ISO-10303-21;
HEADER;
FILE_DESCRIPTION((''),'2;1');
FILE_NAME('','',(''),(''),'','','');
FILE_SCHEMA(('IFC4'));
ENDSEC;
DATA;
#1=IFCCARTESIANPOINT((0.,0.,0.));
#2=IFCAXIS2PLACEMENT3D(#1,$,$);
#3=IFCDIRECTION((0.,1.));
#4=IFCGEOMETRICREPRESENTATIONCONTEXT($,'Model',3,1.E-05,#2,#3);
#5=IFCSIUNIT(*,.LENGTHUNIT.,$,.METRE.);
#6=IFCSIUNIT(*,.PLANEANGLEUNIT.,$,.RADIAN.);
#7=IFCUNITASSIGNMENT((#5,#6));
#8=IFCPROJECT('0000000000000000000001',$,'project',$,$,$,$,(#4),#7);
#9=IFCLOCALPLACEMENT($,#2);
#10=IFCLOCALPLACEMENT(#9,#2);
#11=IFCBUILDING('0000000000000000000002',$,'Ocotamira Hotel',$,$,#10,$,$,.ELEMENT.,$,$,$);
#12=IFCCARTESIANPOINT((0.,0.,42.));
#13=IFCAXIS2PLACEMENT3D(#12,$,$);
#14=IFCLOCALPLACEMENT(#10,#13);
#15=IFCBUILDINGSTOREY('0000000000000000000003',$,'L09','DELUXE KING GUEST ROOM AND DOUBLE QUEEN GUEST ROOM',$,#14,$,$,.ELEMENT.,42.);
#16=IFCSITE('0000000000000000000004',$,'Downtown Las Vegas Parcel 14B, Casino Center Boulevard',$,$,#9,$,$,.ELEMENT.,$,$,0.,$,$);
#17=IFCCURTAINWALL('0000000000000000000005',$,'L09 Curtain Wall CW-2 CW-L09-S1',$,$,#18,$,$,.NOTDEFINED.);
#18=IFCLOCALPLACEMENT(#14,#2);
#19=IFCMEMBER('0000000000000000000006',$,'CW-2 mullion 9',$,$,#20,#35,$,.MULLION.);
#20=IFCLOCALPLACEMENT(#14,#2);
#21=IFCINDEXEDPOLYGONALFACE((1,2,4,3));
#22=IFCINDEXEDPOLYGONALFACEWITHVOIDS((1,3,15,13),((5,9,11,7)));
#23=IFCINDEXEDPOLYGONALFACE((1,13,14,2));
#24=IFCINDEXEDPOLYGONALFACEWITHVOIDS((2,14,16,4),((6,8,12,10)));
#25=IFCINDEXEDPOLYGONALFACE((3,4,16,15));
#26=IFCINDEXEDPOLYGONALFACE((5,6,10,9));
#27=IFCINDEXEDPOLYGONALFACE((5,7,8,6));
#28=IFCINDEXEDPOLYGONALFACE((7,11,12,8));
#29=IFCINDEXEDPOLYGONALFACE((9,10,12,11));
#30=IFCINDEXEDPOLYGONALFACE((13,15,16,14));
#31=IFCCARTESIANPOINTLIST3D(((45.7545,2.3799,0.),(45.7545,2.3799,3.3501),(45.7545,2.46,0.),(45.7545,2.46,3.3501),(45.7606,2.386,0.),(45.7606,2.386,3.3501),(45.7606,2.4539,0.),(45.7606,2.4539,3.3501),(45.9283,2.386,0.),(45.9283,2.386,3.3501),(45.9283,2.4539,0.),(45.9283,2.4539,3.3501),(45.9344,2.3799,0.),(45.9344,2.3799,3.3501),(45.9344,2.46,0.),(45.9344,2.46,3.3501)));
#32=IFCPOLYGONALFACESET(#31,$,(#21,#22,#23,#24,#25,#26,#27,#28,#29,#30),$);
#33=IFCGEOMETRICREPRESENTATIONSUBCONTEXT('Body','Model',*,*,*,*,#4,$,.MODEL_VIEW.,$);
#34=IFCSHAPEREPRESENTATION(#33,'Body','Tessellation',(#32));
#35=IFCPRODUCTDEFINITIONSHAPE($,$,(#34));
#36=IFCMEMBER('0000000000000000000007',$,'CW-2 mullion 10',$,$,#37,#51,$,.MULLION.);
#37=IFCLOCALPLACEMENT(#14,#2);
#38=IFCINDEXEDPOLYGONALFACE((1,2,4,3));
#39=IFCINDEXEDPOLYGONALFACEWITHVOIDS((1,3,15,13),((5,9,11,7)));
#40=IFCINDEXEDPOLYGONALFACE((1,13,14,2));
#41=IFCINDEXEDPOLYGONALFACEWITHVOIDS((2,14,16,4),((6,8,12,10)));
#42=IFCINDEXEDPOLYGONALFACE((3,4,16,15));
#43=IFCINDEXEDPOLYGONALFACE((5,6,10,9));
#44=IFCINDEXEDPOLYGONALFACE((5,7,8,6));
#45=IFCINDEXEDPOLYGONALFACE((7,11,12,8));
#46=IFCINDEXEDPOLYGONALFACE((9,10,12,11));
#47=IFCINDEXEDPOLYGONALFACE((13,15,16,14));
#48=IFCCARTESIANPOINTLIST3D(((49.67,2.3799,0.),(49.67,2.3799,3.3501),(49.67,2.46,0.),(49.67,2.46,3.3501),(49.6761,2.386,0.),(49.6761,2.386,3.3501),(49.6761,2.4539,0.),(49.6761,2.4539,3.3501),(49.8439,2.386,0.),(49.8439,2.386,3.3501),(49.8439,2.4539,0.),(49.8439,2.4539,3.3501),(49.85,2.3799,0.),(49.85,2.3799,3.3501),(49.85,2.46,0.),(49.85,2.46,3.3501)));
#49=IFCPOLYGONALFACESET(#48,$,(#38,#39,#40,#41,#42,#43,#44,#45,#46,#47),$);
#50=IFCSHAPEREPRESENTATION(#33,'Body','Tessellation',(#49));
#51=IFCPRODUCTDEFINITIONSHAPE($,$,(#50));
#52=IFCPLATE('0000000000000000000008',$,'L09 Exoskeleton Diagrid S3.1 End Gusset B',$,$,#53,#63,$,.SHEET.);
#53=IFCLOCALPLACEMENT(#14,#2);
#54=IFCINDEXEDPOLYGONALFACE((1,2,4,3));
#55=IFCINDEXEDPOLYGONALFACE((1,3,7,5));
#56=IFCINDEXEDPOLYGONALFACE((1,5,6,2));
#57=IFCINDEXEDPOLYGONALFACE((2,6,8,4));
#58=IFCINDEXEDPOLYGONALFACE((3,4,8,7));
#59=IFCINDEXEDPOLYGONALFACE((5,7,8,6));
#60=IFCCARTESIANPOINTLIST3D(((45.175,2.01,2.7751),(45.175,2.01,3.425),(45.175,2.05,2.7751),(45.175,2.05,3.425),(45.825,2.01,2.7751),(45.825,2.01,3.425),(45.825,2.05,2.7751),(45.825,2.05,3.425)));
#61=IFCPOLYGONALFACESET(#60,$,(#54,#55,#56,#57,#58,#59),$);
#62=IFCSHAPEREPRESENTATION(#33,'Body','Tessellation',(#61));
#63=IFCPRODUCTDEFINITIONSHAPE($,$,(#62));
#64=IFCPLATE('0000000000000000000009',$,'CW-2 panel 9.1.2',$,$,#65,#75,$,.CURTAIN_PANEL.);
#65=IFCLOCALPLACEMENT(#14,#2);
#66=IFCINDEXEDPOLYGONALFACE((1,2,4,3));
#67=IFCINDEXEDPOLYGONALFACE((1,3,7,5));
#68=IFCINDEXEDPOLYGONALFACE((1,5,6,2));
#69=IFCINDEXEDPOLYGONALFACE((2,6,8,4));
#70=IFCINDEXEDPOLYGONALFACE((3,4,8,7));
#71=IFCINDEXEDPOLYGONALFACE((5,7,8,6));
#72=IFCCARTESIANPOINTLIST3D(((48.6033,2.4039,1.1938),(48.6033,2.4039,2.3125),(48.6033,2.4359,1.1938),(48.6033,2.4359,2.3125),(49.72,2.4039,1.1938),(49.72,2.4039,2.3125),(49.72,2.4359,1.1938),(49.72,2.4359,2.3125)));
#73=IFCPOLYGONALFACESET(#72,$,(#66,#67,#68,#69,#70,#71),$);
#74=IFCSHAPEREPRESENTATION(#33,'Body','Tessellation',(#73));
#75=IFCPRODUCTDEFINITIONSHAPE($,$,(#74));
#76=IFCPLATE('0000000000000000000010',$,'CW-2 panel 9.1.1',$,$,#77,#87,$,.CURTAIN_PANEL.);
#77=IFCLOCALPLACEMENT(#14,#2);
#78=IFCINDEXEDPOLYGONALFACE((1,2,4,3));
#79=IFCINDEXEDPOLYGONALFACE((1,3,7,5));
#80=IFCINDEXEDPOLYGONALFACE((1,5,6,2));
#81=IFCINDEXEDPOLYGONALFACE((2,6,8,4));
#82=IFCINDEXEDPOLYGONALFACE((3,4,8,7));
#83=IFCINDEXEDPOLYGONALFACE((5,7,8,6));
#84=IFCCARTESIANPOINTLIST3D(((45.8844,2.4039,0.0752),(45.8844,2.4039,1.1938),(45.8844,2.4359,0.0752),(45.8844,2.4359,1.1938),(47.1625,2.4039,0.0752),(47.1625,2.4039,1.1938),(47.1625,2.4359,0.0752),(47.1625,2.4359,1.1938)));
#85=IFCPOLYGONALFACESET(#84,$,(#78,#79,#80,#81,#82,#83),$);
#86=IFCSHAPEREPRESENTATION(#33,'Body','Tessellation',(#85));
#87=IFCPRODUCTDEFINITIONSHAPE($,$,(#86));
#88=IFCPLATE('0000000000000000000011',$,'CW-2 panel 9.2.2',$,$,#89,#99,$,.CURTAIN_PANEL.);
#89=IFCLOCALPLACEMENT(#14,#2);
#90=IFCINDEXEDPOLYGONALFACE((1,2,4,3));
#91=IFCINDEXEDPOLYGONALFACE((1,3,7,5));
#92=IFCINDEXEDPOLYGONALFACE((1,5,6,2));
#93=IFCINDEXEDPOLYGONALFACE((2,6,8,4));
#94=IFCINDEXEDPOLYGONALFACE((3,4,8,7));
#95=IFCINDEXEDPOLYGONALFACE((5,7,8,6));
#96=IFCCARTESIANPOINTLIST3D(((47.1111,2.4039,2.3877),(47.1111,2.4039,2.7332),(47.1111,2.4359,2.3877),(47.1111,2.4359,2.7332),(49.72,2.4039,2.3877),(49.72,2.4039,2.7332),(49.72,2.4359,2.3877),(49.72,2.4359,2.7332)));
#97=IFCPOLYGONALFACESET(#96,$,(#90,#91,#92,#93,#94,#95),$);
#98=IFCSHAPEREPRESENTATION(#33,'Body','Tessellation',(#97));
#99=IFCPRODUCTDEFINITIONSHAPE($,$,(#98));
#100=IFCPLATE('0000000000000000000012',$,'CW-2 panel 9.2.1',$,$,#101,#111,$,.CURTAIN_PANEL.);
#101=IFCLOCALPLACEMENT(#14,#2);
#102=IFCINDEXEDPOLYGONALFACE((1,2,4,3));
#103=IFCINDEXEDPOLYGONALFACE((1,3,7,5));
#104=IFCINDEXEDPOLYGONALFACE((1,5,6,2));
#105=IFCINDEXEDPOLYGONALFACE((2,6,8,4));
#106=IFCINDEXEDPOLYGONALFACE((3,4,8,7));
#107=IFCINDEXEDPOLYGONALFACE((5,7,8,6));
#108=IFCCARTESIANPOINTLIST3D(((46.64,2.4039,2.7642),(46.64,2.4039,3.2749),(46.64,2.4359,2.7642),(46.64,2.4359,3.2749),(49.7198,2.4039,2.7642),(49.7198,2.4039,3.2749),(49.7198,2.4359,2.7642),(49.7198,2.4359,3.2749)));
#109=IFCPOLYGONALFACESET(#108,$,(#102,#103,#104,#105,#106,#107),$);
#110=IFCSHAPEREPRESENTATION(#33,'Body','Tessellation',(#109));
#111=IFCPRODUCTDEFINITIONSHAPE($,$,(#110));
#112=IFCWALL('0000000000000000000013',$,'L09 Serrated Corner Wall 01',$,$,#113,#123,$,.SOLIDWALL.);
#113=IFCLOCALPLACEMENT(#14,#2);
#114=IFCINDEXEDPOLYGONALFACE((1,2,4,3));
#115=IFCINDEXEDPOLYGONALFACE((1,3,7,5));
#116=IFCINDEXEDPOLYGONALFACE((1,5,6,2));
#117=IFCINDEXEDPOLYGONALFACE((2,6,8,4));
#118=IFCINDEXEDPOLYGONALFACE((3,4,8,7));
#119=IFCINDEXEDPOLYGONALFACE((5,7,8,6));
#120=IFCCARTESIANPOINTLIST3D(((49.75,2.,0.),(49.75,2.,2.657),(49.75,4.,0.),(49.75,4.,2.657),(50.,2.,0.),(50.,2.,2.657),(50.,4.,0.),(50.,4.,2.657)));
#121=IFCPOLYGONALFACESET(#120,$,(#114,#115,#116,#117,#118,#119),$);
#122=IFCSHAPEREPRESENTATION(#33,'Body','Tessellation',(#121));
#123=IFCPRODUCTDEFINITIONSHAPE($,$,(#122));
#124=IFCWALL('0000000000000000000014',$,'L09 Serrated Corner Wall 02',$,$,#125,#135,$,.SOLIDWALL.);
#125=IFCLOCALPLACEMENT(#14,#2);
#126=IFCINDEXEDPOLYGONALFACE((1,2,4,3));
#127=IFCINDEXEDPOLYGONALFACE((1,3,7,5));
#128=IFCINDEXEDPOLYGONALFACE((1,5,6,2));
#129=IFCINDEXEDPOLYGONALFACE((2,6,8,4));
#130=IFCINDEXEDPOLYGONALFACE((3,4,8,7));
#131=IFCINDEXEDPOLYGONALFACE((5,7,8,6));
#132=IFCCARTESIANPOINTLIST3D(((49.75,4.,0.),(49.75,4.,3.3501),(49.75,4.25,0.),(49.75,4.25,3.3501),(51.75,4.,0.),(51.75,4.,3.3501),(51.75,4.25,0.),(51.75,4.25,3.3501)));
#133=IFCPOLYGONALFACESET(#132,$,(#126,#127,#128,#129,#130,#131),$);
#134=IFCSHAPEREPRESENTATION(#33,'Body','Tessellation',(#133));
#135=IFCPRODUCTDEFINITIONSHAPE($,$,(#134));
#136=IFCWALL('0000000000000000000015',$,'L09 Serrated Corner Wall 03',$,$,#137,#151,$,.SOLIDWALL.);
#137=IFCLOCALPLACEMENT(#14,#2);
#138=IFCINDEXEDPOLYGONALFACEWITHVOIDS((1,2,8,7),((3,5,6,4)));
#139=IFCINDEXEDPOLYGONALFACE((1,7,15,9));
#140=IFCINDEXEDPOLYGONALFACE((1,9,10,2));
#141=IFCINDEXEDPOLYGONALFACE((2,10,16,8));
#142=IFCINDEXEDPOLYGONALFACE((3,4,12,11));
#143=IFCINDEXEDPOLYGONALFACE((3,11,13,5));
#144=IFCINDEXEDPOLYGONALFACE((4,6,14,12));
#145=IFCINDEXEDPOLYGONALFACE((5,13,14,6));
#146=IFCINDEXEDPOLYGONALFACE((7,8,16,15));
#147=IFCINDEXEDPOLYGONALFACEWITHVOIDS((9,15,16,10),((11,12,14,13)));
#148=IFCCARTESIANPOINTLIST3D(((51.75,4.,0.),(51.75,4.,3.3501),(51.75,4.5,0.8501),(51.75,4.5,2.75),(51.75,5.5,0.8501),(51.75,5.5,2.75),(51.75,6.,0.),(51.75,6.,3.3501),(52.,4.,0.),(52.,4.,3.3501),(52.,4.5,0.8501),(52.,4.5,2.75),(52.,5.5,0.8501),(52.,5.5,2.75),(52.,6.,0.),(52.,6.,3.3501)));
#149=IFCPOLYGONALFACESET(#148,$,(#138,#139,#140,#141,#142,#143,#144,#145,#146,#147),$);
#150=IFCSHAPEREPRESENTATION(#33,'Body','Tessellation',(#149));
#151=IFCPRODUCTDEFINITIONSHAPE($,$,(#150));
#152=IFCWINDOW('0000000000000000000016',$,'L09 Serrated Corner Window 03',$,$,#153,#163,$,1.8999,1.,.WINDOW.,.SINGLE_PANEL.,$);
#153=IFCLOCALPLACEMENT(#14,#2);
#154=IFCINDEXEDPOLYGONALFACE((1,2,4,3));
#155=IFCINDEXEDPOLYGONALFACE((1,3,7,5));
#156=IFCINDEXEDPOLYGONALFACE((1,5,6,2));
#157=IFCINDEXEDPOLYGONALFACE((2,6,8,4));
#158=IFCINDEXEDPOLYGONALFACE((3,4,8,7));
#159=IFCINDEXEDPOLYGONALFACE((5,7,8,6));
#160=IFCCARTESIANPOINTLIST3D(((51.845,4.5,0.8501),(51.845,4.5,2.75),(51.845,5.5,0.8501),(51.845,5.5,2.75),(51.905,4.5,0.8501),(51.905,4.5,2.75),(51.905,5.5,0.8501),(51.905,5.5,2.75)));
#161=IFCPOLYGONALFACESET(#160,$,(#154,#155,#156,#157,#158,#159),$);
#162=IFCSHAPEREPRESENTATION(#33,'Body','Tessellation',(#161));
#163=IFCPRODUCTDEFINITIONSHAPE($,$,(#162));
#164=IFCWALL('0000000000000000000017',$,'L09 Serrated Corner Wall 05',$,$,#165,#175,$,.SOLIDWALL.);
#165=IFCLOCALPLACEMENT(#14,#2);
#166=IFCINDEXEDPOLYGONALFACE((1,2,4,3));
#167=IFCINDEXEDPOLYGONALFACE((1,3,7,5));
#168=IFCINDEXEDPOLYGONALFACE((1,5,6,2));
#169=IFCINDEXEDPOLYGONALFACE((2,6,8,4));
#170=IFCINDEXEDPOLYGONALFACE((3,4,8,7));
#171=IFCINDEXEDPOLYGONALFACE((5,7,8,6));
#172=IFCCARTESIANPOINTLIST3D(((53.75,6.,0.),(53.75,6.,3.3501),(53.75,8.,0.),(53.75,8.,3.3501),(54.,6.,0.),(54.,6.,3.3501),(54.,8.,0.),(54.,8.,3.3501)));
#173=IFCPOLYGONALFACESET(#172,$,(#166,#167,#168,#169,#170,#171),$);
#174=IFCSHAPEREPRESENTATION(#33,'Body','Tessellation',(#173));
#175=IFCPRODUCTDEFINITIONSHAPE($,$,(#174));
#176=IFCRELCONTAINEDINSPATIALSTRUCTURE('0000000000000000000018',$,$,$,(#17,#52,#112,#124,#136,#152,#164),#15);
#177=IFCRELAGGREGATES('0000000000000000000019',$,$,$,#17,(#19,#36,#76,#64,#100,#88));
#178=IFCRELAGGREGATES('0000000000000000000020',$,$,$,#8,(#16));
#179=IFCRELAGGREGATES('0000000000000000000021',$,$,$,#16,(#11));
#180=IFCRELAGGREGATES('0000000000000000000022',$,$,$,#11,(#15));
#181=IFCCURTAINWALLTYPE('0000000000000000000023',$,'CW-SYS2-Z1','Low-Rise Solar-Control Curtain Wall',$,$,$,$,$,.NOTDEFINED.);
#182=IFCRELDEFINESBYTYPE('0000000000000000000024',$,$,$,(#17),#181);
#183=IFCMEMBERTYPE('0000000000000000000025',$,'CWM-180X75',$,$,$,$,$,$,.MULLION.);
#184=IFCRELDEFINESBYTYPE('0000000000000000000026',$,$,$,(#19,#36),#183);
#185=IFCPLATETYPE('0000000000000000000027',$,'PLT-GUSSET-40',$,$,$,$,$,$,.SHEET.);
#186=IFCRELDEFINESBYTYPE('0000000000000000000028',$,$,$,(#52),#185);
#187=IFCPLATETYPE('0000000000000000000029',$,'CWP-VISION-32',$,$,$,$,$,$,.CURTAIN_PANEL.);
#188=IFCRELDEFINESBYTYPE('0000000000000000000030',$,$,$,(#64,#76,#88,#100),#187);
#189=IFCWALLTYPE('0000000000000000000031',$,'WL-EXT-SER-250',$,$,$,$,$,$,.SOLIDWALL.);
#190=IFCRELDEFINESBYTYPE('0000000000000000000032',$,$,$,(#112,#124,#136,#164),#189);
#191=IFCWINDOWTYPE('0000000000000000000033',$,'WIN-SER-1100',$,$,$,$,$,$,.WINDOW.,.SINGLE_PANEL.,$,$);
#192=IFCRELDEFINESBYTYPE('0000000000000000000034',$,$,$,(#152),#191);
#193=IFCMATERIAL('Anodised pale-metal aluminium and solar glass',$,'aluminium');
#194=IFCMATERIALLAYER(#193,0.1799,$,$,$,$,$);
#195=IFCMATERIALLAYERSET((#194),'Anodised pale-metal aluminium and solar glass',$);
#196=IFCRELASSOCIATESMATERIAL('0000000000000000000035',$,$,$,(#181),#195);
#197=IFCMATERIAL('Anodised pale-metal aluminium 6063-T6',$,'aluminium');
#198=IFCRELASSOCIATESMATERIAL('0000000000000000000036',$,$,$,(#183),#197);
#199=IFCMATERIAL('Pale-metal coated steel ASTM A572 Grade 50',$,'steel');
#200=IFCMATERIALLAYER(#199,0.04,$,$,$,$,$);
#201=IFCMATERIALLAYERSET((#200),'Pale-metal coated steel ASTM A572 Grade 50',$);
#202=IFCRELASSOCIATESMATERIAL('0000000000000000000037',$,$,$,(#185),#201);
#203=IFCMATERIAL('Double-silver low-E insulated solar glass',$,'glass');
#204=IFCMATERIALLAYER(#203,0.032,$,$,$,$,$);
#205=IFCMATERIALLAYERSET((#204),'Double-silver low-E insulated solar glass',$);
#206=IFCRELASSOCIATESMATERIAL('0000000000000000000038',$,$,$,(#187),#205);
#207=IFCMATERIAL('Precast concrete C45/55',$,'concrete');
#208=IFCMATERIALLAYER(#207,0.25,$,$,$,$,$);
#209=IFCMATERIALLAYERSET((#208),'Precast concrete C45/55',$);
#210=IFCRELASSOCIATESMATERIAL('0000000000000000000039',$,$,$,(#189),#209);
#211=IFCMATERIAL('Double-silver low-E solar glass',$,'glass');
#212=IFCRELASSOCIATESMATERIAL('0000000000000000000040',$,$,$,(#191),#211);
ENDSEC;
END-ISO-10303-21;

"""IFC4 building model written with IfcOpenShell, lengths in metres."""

from ifc_helpers import new_model, si_unit, direction, frame, frame_2d, origin, origin_2d, place, context, subcontext, project, spatial, rectangle, hollow_rectangle, extrude, source, transform, mapped, material, layer, layer_set, material_profile, profile_set, type_object, element, fill, aggregate, save


model = new_model("IFC4")

# Units and contexts
model_context = context("Model", 3, precision=1e-05, world=origin(), true_north=direction((0.0, 1.0)))
body_context = subcontext(model_context, "Body", "Model", "MODEL_VIEW")
ifc_project = project(units=[si_unit("LENGTHUNIT", "METRE"), si_unit("PLANEANGLEUNIT", "RADIAN")], contexts=[model_context])

# Site, building, storey
site_placement = place(None, origin())
site = spatial("IfcSite", under=ifc_project, at=site_placement, Name="Downtown Las Vegas Parcel 14B, Casino Center Boulevard", CompositionType="ELEMENT", RefElevation=0.0)
building_placement = place(site_placement, origin())
building = spatial("IfcBuilding", under=site, at=building_placement, Name="Ocotamira Hotel", CompositionType="ELEMENT")
storey_placement = place(building_placement, frame((0.0, 0.0, 42.0)))
storey = spatial("IfcBuildingStorey", under=building, at=storey_placement, Name="L09", Description="DELUXE KING GUEST ROOM AND DOUBLE QUEEN GUEST ROOM", CompositionType="ELEMENT", Elevation=42.0)

# Curtain wall, members
ifc_material_1 = material(Name="Anodised pale-metal aluminium and solar glass", Category="aluminium")
ifc_layer_1 = layer(ifc_material_1, 0.1799)
ifc_layer_set_1 = layer_set([ifc_layer_1], Name="Anodised pale-metal aluminium and solar glass")
curtain_wall_type = type_object("IfcCurtainWallType", Name="CW-SYS2-Z1", Description="Low-Rise Solar-Control Curtain Wall", PredefinedType="NOTDEFINED", material=ifc_layer_set_1)
curtain_wall_placement = place(storey_placement, origin())
curtain_wall = element("IfcCurtainWall", 1, at=curtain_wall_placement, inside=storey, type_object=curtain_wall_type, Name="L09 Curtain Wall CW-2 CW-L09-S1", PredefinedType="NOTDEFINED")
ifc_material_2 = material(Name="Anodised pale-metal aluminium 6063-T6", Category="aluminium")
ifc_material_profile_1 = material_profile(ifc_material_2, hollow_rectangle(XDim=0.0801, YDim=0.1799, WallThickness=0.0061, at=origin_2d()), Name="HSS180X80X6")
ifc_profile_set_1 = profile_set([ifc_material_profile_1], Name="Anodised pale-metal aluminium 6063-T6")
member_type_1 = type_object("IfcMemberType", Name="CWM-180X75", PredefinedType="MULLION", material=ifc_profile_set_1)
shared_shape_1 = source(origin(), body_context, "Body", "SweptSolid", [
    extrude(hollow_rectangle(XDim=0.0801, YDim=0.1799, WallThickness=0.0061, at=origin_2d()), origin(), (0.0, 0.0, 1.0), 3.3501),
])
member_1_placement = place(storey_placement, frame((45.8445, 2.4199, 0.0), z_axis=(0.0, 0.0, 1.0), x_axis=(0.0, 1.0, 0.0)))
member_1 = element("IfcMember", 2, at=member_1_placement, type_object=member_type_1, Name="CW-2 mullion 9", PredefinedType="MULLION", context=body_context, shape_type="MappedRepresentation", body=[
    mapped(shared_shape_1, transform((0.0, 0.0, 0.0), scale=1.0)),
])
member_2_placement = place(storey_placement, frame((49.76, 2.4199, 0.0), z_axis=(0.0, 0.0, 1.0), x_axis=(0.0, 1.0, 0.0)))
member_2 = element("IfcMember", 3, at=member_2_placement, type_object=member_type_1, Name="CW-2 mullion 10", PredefinedType="MULLION", context=body_context, shape_type="MappedRepresentation", body=[
    mapped(shared_shape_1, transform((0.0, 0.0, 0.0), scale=1.0)),
])

# Plates
ifc_material_3 = material(Name="Pale-metal coated steel ASTM A572 Grade 50", Category="steel")
ifc_layer_2 = layer(ifc_material_3, 0.04)
ifc_layer_set_2 = layer_set([ifc_layer_2], Name="Pale-metal coated steel ASTM A572 Grade 50")
plate_type_1 = type_object("IfcPlateType", Name="PLT-GUSSET-40", PredefinedType="SHEET", material=ifc_layer_set_2)
shared_shape_2 = source(origin(), body_context, "Body", "SweptSolid", [
    extrude(rectangle(XDim=0.6499, YDim=0.04, at=origin_2d()), origin(), (0.0, 0.0, 1.0), 0.6499),
])
plate_1_placement = place(storey_placement, frame((45.5, 2.03, 2.7751), z_axis=(0.0, 0.0, 1.0), x_axis=(1.0, 0.0, 0.0)))
element("IfcPlate", 4, at=plate_1_placement, inside=storey, type_object=plate_type_1, Name="L09 Exoskeleton Diagrid S3.1 End Gusset B", PredefinedType="SHEET", context=body_context, shape_type="MappedRepresentation", body=[
    mapped(shared_shape_2, transform((0.0, 0.0, 0.0), scale=1.0)),
])
ifc_material_4 = material(Name="Double-silver low-E insulated solar glass", Category="glass")
ifc_layer_3 = layer(ifc_material_4, 0.032)
ifc_layer_set_3 = layer_set([ifc_layer_3], Name="Double-silver low-E insulated solar glass")
plate_type_2 = type_object("IfcPlateType", Name="CWP-VISION-32", PredefinedType="CURTAIN_PANEL", material=ifc_layer_set_3)
shared_shape_3 = source(origin(), body_context, "Body", "SweptSolid", [
    extrude(rectangle(XDim=1.1167, YDim=0.032, at=origin_2d()), origin(), (0.0, 0.0, 1.0), 1.1187),
])
plate_2_placement = place(storey_placement, frame((49.1616, 2.4199, 1.1938), z_axis=(0.0, 0.0, 1.0), x_axis=(1.0, 0.0, 0.0)))
plate_2 = element("IfcPlate", 5, at=plate_2_placement, type_object=plate_type_2, Name="CW-2 panel 9.1.2", PredefinedType="CURTAIN_PANEL", context=body_context, shape_type="MappedRepresentation", body=[
    mapped(shared_shape_3, transform((0.0, 0.0, 0.0), scale=1.0)),
])
shared_shape_4 = source(origin(), body_context, "Body", "SweptSolid", [
    extrude(rectangle(XDim=1.2781, YDim=0.032, at=origin_2d()), origin(), (0.0, 0.0, 1.0), 1.1187),
])
plate_3_placement = place(storey_placement, frame((46.5234, 2.4199, 0.0752), z_axis=(0.0, 0.0, 1.0), x_axis=(1.0, 0.0, 0.0)))
plate_3 = element("IfcPlate", 6, at=plate_3_placement, type_object=plate_type_2, Name="CW-2 panel 9.1.1", PredefinedType="CURTAIN_PANEL", context=body_context, shape_type="MappedRepresentation", body=[
    mapped(shared_shape_4, transform((0.0, 0.0, 0.0), scale=1.0)),
])
shared_shape_5 = source(origin(), body_context, "Body", "SweptSolid", [
    extrude(rectangle(XDim=2.6089, YDim=0.032, at=origin_2d()), origin(), (0.0, 0.0, 1.0), 0.3455),
])
plate_4_placement = place(storey_placement, frame((48.4155, 2.4199, 2.3877), z_axis=(0.0, 0.0, 1.0), x_axis=(1.0, 0.0, 0.0)))
plate_4 = element("IfcPlate", 7, at=plate_4_placement, type_object=plate_type_2, Name="CW-2 panel 9.2.2", PredefinedType="CURTAIN_PANEL", context=body_context, shape_type="MappedRepresentation", body=[
    mapped(shared_shape_5, transform((0.0, 0.0, 0.0), scale=1.0)),
])
shared_shape_6 = source(origin(), body_context, "Body", "SweptSolid", [
    extrude(rectangle(XDim=3.0798, YDim=0.032, at=origin_2d()), origin(), (0.0, 0.0, 1.0), 0.5107),
])
plate_5_placement = place(storey_placement, frame((48.1799, 2.4199, 2.7642), z_axis=(0.0, 0.0, 1.0), x_axis=(1.0, 0.0, 0.0)))
plate_5 = element("IfcPlate", 8, at=plate_5_placement, type_object=plate_type_2, Name="CW-2 panel 9.2.1", PredefinedType="CURTAIN_PANEL", context=body_context, shape_type="MappedRepresentation", body=[
    mapped(shared_shape_6, transform((0.0, 0.0, 0.0), scale=1.0)),
])
aggregate(curtain_wall, [member_1, member_2, plate_3, plate_2, plate_5, plate_4])

# Walls
ifc_material_5 = material(Name="Precast concrete C45/55", Category="concrete")
ifc_layer_4 = layer(ifc_material_5, 0.25)
ifc_layer_set_4 = layer_set([ifc_layer_4], Name="Precast concrete C45/55")
wall_type_1 = type_object("IfcWallType", Name="WL-EXT-SER-250", PredefinedType="SOLIDWALL", material=ifc_layer_set_4)
wall_1_placement = place(storey_placement, frame((49.875, 2.0, 0.0), z_axis=(0.0, 0.0, 1.0), x_axis=(0.0, 1.0, 0.0)))
element("IfcWall", 9, at=wall_1_placement, inside=storey, type_object=wall_type_1, Name="L09 Serrated Corner Wall 01", PredefinedType="SOLIDWALL", context=body_context, shape_type="SweptSolid", body=[
    extrude(rectangle(XDim=2.0, YDim=0.25, at=frame_2d((1.0, 0.0))), origin(), (0.0, 0.0, 1.0), 2.657),
])
wall_2_placement = place(storey_placement, frame((49.75, 4.125, 0.0), z_axis=(0.0, 0.0, 1.0), x_axis=(1.0, 0.0, 0.0)))
element("IfcWall", 10, at=wall_2_placement, inside=storey, type_object=wall_type_1, Name="L09 Serrated Corner Wall 02", PredefinedType="SOLIDWALL", context=body_context, shape_type="SweptSolid", body=[
    extrude(rectangle(XDim=2.0, YDim=0.25, at=frame_2d((1.0, 0.0))), origin(), (0.0, 0.0, 1.0), 3.3501),
])

# Wall, opening, window
wall_3_placement = place(storey_placement, frame((51.875, 4.0, 0.0), z_axis=(0.0, 0.0, 1.0), x_axis=(0.0, 1.0, 0.0)))
wall_3 = element("IfcWall", 11, at=wall_3_placement, inside=storey, type_object=wall_type_1, Name="L09 Serrated Corner Wall 03", PredefinedType="SOLIDWALL", context=body_context, shape_type="SweptSolid", body=[
    extrude(rectangle(XDim=2.0, YDim=0.25, at=frame_2d((1.0, 0.0))), origin(), (0.0, 0.0, 1.0), 3.3501),
])
opening_placement = place(wall_3_placement, frame((0.5, 0.0, 0.8501)))
opening = element("IfcOpeningElement", 12, at=opening_placement, cuts=wall_3, PredefinedType="OPENING", context=body_context, shape_type="SweptSolid", body=[
    extrude(rectangle(XDim=1.0, YDim=1.8999, at=frame_2d((0.5, 0.95))), frame((0.0, 0.135, 0.0), z_axis=(0.0, -1.0, 0.0), x_axis=(1.0, 0.0, 0.0)), (0.0, 0.0, 1.0), 0.27),
])
ifc_material_6 = material(Name="Double-silver low-E solar glass", Category="glass")
window_type = type_object("IfcWindowType", Name="WIN-SER-1100", PartitioningType="SINGLE_PANEL", PredefinedType="WINDOW", material=ifc_material_6)
shared_shape_7 = source(origin(), body_context, "Body", "SweptSolid", [
    extrude(rectangle(XDim=1.0, YDim=1.8999, at=frame_2d((0.5, 0.95))), frame((0.0, 0.03, 0.0), z_axis=(0.0, -1.0, 0.0), x_axis=(1.0, 0.0, 0.0)), (0.0, 0.0, 1.0), 0.0601),
])
window_placement = place(opening_placement, origin())
window = element("IfcWindow", 13, at=window_placement, inside=storey, type_object=window_type, Name="L09 Serrated Corner Window 03", OverallHeight=1.8999, OverallWidth=1.0, PartitioningType="SINGLE_PANEL", PredefinedType="WINDOW", context=body_context, shape_type="MappedRepresentation", body=[
    mapped(shared_shape_7, transform((0.0, 0.0, 0.0), scale=1.0)),
])
fill(opening, window)

# Wall
wall_4_placement = place(storey_placement, frame((53.875, 6.0, 0.0), z_axis=(0.0, 0.0, 1.0), x_axis=(0.0, 1.0, 0.0)))
element("IfcWall", 14, at=wall_4_placement, inside=storey, type_object=wall_type_1, Name="L09 Serrated Corner Wall 05", PredefinedType="SOLIDWALL", context=body_context, shape_type="SweptSolid", body=[
    extrude(rectangle(XDim=2.0, YDim=0.25, at=frame_2d((1.0, 0.0))), origin(), (0.0, 0.0, 1.0), 3.3501),
])

save(model, "model.ifc")
